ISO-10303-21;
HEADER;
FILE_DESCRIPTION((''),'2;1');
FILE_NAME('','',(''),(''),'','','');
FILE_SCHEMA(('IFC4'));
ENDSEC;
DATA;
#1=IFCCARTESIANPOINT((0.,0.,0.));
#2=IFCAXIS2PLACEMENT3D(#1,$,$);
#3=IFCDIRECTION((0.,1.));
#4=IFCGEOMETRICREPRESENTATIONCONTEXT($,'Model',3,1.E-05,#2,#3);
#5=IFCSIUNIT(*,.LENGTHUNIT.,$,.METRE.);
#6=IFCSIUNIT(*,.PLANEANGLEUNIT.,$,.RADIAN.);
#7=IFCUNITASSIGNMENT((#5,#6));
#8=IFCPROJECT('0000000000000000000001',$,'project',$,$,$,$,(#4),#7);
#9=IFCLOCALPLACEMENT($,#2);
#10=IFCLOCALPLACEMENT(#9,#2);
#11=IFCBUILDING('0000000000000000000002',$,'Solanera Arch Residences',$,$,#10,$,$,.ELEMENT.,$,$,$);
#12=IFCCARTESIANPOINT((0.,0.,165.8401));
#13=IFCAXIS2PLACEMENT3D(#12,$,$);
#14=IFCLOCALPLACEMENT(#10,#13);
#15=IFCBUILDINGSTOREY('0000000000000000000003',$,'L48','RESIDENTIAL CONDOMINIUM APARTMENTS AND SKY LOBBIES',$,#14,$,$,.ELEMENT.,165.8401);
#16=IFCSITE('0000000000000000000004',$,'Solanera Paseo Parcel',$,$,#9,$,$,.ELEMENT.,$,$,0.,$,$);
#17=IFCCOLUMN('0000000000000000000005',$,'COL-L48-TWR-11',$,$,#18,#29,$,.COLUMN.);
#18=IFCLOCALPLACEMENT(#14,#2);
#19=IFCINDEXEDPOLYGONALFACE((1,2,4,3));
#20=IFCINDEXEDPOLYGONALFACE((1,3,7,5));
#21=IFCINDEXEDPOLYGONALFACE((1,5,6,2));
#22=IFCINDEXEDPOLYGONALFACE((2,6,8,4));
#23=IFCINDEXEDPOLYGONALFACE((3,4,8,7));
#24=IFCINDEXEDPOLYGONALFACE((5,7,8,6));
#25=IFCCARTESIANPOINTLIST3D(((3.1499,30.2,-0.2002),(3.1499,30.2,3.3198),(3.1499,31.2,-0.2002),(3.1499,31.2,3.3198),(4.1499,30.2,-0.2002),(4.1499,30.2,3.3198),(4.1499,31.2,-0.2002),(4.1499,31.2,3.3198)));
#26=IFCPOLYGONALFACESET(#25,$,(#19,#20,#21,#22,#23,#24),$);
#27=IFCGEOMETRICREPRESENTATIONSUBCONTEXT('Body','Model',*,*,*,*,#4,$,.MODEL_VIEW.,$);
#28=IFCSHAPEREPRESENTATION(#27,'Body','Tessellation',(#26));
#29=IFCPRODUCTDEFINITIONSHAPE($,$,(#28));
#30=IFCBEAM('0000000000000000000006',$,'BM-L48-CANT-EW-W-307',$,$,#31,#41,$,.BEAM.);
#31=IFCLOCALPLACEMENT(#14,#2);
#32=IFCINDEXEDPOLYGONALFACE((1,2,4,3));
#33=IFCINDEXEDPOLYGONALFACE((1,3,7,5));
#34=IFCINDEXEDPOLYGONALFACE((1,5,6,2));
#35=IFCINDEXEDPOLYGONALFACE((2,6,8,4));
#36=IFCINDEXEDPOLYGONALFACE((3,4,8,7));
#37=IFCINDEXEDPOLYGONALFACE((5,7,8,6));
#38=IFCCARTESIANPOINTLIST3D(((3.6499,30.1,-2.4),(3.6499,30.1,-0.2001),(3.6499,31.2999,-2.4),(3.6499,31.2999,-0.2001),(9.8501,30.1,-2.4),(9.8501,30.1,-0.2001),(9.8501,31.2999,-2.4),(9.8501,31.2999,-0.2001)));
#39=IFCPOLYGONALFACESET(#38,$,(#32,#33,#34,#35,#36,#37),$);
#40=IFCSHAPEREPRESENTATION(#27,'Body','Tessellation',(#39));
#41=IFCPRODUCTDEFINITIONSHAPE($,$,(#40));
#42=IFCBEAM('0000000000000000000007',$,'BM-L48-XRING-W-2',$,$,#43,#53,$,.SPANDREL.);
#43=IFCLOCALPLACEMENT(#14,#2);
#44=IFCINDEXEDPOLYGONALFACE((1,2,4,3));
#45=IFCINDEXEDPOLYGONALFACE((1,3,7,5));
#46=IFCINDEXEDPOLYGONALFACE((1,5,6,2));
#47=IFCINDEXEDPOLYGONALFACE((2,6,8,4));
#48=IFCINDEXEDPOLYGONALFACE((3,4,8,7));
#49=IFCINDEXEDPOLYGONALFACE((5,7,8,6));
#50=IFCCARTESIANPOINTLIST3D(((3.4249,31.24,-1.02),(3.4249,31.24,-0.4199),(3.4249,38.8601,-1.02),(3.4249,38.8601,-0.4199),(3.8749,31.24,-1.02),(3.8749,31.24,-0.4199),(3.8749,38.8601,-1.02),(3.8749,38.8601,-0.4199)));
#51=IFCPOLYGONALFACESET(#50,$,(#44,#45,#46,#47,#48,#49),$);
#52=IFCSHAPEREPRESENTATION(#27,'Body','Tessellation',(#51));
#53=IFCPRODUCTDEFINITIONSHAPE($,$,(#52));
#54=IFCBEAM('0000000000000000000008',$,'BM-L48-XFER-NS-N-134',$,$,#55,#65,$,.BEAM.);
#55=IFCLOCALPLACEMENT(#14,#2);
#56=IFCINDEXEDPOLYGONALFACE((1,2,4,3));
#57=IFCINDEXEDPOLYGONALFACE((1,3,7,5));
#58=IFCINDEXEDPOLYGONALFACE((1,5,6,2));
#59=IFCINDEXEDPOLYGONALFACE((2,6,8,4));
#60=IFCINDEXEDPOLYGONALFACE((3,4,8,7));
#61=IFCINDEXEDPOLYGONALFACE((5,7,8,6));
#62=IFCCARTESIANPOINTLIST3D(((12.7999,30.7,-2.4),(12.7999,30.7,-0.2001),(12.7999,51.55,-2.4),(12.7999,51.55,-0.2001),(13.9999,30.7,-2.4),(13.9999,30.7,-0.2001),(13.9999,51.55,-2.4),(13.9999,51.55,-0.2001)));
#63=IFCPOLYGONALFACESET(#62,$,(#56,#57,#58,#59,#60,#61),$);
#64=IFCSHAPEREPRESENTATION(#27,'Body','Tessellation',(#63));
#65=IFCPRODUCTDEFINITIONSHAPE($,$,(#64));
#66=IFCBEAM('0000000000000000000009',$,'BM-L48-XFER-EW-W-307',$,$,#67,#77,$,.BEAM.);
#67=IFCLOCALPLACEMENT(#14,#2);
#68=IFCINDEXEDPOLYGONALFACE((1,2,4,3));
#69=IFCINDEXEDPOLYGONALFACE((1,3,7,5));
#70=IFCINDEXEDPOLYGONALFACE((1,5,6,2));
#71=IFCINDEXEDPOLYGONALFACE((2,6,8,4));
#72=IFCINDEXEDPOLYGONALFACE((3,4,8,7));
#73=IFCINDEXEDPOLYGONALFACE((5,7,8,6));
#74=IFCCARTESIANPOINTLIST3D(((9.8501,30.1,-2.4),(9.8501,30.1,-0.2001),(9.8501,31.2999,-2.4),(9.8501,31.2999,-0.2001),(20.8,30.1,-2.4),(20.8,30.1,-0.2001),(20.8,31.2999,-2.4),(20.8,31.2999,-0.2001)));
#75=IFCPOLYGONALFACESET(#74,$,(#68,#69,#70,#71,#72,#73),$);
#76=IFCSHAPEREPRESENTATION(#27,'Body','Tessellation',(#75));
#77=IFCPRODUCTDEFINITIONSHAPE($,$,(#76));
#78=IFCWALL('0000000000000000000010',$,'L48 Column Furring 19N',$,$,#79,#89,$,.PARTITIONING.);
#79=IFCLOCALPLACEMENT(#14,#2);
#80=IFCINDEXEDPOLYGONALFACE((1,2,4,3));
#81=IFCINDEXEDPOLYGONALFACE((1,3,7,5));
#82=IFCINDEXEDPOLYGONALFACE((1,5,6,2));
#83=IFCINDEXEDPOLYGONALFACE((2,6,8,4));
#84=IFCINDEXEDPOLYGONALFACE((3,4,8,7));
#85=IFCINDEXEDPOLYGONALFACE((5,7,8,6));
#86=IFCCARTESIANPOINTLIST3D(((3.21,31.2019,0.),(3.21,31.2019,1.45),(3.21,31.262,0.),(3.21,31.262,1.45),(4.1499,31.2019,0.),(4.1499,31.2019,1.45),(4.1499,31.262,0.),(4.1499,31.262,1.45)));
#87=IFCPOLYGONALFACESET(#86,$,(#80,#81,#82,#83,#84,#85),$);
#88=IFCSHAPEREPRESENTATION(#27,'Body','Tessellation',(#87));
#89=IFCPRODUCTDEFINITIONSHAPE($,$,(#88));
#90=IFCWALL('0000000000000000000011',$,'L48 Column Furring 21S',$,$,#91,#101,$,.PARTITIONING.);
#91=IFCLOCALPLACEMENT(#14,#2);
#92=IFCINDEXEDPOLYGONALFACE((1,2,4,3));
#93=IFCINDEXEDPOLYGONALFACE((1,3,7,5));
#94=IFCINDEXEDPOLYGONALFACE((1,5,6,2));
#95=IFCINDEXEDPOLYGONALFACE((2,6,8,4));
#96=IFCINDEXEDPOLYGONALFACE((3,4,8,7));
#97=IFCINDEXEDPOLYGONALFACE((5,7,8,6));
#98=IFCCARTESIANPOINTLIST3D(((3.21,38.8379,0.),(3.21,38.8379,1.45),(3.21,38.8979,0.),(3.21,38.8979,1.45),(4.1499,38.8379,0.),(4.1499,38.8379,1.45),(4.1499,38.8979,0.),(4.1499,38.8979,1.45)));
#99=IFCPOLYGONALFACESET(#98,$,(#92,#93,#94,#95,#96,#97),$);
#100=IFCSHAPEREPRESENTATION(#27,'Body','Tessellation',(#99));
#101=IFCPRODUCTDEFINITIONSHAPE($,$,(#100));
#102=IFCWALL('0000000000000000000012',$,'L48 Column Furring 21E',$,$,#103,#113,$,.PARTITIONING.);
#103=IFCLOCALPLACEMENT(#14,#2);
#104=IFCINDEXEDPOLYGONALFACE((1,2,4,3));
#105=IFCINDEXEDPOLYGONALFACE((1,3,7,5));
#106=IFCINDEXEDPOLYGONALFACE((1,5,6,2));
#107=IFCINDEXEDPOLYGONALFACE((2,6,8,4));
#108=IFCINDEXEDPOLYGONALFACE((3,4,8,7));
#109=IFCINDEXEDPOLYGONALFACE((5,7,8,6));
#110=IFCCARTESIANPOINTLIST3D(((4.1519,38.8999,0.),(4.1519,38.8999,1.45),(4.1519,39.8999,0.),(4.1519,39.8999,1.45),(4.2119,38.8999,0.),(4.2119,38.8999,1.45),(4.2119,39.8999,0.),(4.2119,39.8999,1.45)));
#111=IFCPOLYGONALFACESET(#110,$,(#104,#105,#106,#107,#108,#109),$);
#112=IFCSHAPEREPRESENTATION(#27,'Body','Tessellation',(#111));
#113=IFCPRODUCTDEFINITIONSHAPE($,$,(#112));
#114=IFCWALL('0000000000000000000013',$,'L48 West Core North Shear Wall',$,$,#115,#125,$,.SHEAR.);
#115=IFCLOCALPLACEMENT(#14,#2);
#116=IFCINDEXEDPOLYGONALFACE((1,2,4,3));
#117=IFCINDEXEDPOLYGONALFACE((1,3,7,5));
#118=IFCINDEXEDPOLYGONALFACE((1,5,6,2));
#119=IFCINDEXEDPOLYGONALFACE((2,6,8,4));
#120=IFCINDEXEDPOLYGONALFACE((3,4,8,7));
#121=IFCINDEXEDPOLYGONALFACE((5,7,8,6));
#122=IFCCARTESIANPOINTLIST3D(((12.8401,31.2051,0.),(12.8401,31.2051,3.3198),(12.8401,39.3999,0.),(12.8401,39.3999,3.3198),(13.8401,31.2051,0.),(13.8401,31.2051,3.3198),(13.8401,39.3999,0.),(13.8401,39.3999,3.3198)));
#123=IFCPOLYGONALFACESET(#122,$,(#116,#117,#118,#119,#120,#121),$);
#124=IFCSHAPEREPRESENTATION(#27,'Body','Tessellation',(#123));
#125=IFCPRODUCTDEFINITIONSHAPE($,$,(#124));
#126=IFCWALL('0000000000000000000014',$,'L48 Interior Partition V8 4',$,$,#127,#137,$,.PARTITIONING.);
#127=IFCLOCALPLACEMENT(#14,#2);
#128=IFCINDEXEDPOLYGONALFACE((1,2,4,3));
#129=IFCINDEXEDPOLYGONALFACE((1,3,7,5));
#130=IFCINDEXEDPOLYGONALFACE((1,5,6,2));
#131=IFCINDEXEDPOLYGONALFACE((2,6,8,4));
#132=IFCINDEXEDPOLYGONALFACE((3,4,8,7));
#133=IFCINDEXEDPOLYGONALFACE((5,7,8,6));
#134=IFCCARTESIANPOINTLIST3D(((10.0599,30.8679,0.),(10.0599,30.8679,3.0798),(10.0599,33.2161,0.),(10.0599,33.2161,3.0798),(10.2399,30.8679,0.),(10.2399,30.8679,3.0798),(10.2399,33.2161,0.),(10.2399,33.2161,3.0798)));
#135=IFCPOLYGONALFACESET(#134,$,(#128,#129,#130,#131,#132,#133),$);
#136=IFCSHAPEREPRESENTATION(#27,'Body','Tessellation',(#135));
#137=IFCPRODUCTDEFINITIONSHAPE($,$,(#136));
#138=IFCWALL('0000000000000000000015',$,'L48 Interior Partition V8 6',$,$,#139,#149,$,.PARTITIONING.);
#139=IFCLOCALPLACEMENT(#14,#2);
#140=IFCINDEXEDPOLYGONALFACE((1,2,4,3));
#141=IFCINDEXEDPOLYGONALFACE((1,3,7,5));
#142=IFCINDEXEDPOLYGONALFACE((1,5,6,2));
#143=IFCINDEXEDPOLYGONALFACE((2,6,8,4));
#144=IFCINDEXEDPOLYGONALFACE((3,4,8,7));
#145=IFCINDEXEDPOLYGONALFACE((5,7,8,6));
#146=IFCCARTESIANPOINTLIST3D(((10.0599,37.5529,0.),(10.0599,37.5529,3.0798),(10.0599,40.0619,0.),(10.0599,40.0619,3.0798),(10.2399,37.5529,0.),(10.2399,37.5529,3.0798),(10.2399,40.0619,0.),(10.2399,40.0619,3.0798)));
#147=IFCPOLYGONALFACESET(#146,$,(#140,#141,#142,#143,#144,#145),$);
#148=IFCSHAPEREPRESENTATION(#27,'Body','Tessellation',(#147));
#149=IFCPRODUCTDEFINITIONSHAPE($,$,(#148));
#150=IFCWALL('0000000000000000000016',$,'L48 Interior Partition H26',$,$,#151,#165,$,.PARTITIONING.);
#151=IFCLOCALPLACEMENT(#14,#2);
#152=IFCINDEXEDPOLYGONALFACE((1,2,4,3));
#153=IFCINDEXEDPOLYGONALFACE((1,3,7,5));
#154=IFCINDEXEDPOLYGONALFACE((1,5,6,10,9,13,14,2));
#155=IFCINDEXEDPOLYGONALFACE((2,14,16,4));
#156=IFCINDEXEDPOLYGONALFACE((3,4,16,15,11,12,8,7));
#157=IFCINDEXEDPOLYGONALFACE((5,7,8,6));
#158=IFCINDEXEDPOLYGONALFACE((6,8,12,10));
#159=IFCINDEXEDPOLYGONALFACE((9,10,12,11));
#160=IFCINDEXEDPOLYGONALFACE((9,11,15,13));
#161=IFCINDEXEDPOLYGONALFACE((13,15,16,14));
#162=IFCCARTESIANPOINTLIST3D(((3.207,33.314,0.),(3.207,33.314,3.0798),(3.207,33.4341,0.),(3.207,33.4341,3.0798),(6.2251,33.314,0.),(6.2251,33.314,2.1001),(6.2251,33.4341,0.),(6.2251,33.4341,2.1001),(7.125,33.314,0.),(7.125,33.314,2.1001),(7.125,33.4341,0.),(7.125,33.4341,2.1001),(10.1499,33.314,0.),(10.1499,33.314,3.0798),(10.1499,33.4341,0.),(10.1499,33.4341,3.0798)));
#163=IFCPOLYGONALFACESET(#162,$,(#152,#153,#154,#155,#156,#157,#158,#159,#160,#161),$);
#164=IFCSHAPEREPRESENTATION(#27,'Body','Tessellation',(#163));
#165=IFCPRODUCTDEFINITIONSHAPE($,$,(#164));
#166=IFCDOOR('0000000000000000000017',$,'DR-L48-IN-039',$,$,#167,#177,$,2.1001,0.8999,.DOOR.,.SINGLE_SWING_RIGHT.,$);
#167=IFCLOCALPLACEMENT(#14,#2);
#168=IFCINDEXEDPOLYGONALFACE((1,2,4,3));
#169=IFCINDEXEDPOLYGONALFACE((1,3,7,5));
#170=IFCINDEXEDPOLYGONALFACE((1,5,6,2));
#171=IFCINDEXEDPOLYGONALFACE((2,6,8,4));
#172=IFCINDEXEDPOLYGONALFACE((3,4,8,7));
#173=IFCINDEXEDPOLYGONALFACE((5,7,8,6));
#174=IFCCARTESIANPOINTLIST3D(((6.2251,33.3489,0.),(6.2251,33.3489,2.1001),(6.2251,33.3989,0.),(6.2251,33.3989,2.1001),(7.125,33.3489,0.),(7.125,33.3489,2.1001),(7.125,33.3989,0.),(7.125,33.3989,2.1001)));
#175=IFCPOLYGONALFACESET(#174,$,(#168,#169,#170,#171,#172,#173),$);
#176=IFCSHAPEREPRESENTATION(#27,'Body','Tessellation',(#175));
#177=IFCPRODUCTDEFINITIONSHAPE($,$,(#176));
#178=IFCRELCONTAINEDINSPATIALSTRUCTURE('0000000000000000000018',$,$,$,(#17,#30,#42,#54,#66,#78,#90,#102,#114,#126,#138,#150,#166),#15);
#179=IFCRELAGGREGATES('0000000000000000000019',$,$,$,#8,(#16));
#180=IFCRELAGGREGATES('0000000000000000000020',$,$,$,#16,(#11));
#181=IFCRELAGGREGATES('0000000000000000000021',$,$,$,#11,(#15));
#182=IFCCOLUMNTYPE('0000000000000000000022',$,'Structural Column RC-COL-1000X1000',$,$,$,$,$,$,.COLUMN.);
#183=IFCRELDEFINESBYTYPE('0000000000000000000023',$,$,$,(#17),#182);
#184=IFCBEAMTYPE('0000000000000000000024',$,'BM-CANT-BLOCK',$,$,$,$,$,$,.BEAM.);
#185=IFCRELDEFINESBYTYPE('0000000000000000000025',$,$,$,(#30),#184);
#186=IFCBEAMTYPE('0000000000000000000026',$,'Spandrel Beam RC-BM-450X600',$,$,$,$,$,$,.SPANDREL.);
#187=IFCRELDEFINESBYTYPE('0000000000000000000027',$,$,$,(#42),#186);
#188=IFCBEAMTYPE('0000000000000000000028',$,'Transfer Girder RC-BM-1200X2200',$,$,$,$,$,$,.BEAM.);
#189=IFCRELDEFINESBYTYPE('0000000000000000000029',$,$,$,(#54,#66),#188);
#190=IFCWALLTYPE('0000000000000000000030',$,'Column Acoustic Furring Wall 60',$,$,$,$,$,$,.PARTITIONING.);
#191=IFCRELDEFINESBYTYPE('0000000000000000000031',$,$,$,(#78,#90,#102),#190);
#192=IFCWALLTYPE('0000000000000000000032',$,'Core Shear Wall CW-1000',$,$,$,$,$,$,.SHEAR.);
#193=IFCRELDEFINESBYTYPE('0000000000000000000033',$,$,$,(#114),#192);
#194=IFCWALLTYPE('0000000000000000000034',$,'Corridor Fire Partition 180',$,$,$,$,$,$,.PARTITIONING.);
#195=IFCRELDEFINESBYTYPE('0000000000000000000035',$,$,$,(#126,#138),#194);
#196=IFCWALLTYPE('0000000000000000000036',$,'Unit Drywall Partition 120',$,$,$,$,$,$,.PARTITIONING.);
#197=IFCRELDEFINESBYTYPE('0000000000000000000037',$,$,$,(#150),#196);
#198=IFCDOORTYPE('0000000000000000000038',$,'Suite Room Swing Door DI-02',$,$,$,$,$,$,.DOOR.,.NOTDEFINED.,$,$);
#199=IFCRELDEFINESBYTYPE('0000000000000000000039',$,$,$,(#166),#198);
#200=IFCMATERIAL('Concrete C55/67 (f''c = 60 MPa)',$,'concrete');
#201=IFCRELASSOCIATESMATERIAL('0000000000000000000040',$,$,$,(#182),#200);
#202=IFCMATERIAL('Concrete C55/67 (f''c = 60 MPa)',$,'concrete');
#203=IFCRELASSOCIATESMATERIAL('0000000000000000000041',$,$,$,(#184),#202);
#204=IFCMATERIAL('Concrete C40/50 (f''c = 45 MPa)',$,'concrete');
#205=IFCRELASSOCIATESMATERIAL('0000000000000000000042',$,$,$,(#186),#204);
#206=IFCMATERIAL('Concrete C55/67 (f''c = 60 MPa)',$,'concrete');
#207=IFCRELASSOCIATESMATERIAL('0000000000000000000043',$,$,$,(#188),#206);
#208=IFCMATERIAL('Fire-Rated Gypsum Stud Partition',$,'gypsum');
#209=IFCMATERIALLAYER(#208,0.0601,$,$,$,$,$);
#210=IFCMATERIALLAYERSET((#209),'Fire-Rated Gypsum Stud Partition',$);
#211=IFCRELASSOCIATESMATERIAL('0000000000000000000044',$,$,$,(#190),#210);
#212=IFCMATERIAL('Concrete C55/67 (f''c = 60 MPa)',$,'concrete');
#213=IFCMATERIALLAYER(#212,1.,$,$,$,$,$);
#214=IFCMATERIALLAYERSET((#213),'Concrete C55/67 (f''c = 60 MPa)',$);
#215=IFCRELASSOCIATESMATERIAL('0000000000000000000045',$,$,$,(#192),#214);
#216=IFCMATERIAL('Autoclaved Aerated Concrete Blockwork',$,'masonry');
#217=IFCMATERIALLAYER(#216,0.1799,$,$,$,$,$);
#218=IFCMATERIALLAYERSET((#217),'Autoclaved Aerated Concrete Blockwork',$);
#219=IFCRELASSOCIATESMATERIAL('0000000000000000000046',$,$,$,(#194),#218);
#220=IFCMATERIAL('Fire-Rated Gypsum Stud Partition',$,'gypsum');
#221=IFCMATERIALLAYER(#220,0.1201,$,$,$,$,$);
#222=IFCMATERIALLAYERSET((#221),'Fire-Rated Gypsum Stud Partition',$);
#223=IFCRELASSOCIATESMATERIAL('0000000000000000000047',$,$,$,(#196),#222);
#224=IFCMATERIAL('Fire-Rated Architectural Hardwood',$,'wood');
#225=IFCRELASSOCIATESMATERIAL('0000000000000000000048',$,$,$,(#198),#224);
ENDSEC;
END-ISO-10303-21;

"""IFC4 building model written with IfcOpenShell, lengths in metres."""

from ifc_helpers import new_model, si_unit, direction, frame, frame_2d, origin, origin_2d, place, context, subcontext, project, spatial, rectangle, extrude, material, layer, layer_set, material_profile, profile_set, type_object, element, fill, save


model = new_model("IFC4")

# Units and contexts
model_context = context("Model", 3, precision=1e-05, world=origin(), true_north=direction((0.0, 1.0)))
body_context = subcontext(model_context, "Body", "Model", "MODEL_VIEW")
ifc_project = project(units=[si_unit("LENGTHUNIT", "METRE"), si_unit("PLANEANGLEUNIT", "RADIAN")], contexts=[model_context])

# Site, building, storey
site_placement = place(None, origin())
site = spatial("IfcSite", under=ifc_project, at=site_placement, Name="Solanera Paseo Parcel", CompositionType="ELEMENT", RefElevation=0.0)
building_placement = place(site_placement, origin())
building = spatial("IfcBuilding", under=site, at=building_placement, Name="Solanera Arch Residences", CompositionType="ELEMENT")
storey_placement = place(building_placement, frame((0.0, 0.0, 165.8401)))
storey = spatial("IfcBuildingStorey", under=building, at=storey_placement, Name="L48", Description="RESIDENTIAL CONDOMINIUM APARTMENTS AND SKY LOBBIES", CompositionType="ELEMENT", Elevation=165.8401)

# Column
ifc_material_1 = material(Name="Concrete C55/67 (f'c = 60 MPa)", Category="concrete")
ifc_material_profile_1 = material_profile(ifc_material_1, rectangle(XDim=1.0, YDim=1.0, at=origin_2d()))
ifc_profile_set_1 = profile_set([ifc_material_profile_1], Name="Concrete C55/67 (f'c = 60 MPa)")
column_type = type_object("IfcColumnType", Name="Structural Column RC-COL-1000X1000", PredefinedType="COLUMN", material=ifc_profile_set_1)
column_placement = place(storey_placement, frame((3.6499, 30.7, -0.2002), z_axis=(0.0, 0.0, 1.0), x_axis=(1.0, 0.0, 0.0)))
element("IfcColumn", 1, at=column_placement, inside=storey, type_object=column_type, Name="COL-L48-TWR-11", PredefinedType="COLUMN", context=body_context, shape_type="SweptSolid", body=[
    extrude(rectangle(XDim=1.0, YDim=1.0, at=origin_2d()), origin(), (0.0, 0.0, 1.0), 3.52),
])

# Beams
ifc_material_2 = material(Name="Concrete C55/67 (f'c = 60 MPa)", Category="concrete")
ifc_material_profile_2 = material_profile(ifc_material_2, rectangle(XDim=1.2, YDim=2.2, at=origin_2d()))
ifc_profile_set_2 = profile_set([ifc_material_profile_2], Name="Concrete C55/67 (f'c = 60 MPa)")
beam_type_1 = type_object("IfcBeamType", Name="BM-CANT-BLOCK", PredefinedType="BEAM", material=ifc_profile_set_2)
beam_1_placement = place(storey_placement, frame((3.6499, 30.7, -1.3), z_axis=(1.0, 0.0, 0.0), x_axis=(0.0, 1.0, 0.0)))
element("IfcBeam", 2, at=beam_1_placement, inside=storey, type_object=beam_type_1, Name="BM-L48-CANT-EW-W-307", PredefinedType="BEAM", context=body_context, shape_type="SweptSolid", body=[
    extrude(rectangle(XDim=1.2, YDim=2.2, at=origin_2d()), origin(), (0.0, 0.0, 1.0), 6.2002),
])
ifc_material_3 = material(Name="Concrete C40/50 (f'c = 45 MPa)", Category="concrete")
ifc_material_profile_3 = material_profile(ifc_material_3, rectangle(XDim=0.45, YDim=0.6001, at=origin_2d()))
ifc_profile_set_3 = profile_set([ifc_material_profile_3], Name="Concrete C40/50 (f'c = 45 MPa)")
beam_type_2 = type_object("IfcBeamType", Name="Spandrel Beam RC-BM-450X600", PredefinedType="SPANDREL", material=ifc_profile_set_3)
beam_2_placement = place(storey_placement, frame((3.6499, 31.24, -0.72), z_axis=(0.0, 1.0, 0.0), x_axis=(-1.0, 0.0, 0.0)))
element("IfcBeam", 3, at=beam_2_placement, inside=storey, type_object=beam_type_2, Name="BM-L48-XRING-W-2", PredefinedType="SPANDREL", context=body_context, shape_type="SweptSolid", body=[
    extrude(rectangle(XDim=0.45, YDim=0.6001, at=origin_2d()), origin(), (0.0, 0.0, 1.0), 7.6201),
])
ifc_material_4 = material(Name="Concrete C55/67 (f'c = 60 MPa)", Category="concrete")
ifc_material_profile_4 = material_profile(ifc_material_4, rectangle(XDim=1.2, YDim=2.2, at=origin_2d()))
ifc_profile_set_4 = profile_set([ifc_material_profile_4], Name="Concrete C55/67 (f'c = 60 MPa)")
beam_type_3 = type_object("IfcBeamType", Name="Transfer Girder RC-BM-1200X2200", PredefinedType="BEAM", material=ifc_profile_set_4)
beam_3_placement = place(storey_placement, frame((13.3999, 30.7, -1.3), z_axis=(0.0, 1.0, 0.0), x_axis=(-1.0, 0.0, 0.0)))
element("IfcBeam", 4, at=beam_3_placement, inside=storey, type_object=beam_type_3, Name="BM-L48-XFER-NS-N-134", PredefinedType="BEAM", context=body_context, shape_type="SweptSolid", body=[
    extrude(rectangle(XDim=1.2, YDim=2.2, at=origin_2d()), origin(), (0.0, 0.0, 1.0), 20.8501),
])
beam_4_placement = place(storey_placement, frame((9.8501, 30.7, -1.3), z_axis=(1.0, 0.0, 0.0), x_axis=(0.0, 1.0, 0.0)))
element("IfcBeam", 5, at=beam_4_placement, inside=storey, type_object=beam_type_3, Name="BM-L48-XFER-EW-W-307", PredefinedType="BEAM", context=body_context, shape_type="SweptSolid", body=[
    extrude(rectangle(XDim=1.2, YDim=2.2, at=origin_2d()), origin(), (0.0, 0.0, 1.0), 10.95),
])

# Walls
ifc_material_5 = material(Name="Fire-Rated Gypsum Stud Partition", Category="gypsum")
ifc_layer_1 = layer(ifc_material_5, 0.0601)
ifc_layer_set_1 = layer_set([ifc_layer_1], Name="Fire-Rated Gypsum Stud Partition")
wall_type_1 = type_object("IfcWallType", Name="Column Acoustic Furring Wall 60", PredefinedType="PARTITIONING", material=ifc_layer_set_1)
for number, where, z_axis, x_axis, name in (
    (6, (3.21, 31.2319, 0.0), (0.0, 0.0, 1.0), (1.0, 0.0, 0.0), "L48 Column Furring 19N"),
    (7, (3.21, 38.8679, 0.0), (0.0, 0.0, 1.0), (1.0, 0.0, 0.0), "L48 Column Furring 21S"),
):
    element("IfcWall", number, at=place(storey_placement, frame(where, z_axis=z_axis, x_axis=x_axis)), inside=storey, type_object=wall_type_1, Name=name, PredefinedType="PARTITIONING", context=body_context, shape_type="SweptSolid", body=[
        extrude(rectangle(XDim=0.9399, YDim=0.0601, at=frame_2d((0.47, 0.0))), origin(), (0.0, 0.0, 1.0), 1.45),
    ])
wall_1_placement = place(storey_placement, frame((4.1819, 38.8999, 0.0), z_axis=(0.0, 0.0, 1.0), x_axis=(0.0, 1.0, 0.0)))
element("IfcWall", 8, at=wall_1_placement, inside=storey, type_object=wall_type_1, Name="L48 Column Furring 21E", PredefinedType="PARTITIONING", context=body_context, shape_type="SweptSolid", body=[
    extrude(rectangle(XDim=1.0, YDim=0.0601, at=frame_2d((0.5, 0.0))), origin(), (0.0, 0.0, 1.0), 1.45),
])
ifc_material_6 = material(Name="Concrete C55/67 (f'c = 60 MPa)", Category="concrete")
ifc_layer_2 = layer(ifc_material_6, 1.0)
ifc_layer_set_2 = layer_set([ifc_layer_2], Name="Concrete C55/67 (f'c = 60 MPa)")
wall_type_2 = type_object("IfcWallType", Name="Core Shear Wall CW-1000", PredefinedType="SHEAR", material=ifc_layer_set_2)
wall_2_placement = place(storey_placement, frame((13.3401, 31.2051, 0.0), z_axis=(0.0, 0.0, 1.0), x_axis=(0.0, 1.0, 0.0)))
element("IfcWall", 9, at=wall_2_placement, inside=storey, type_object=wall_type_2, Name="L48 West Core North Shear Wall", PredefinedType="SHEAR", context=body_context, shape_type="SweptSolid", body=[
    extrude(rectangle(XDim=8.1948, YDim=1.0, at=frame_2d((4.0974, 0.0))), origin(), (0.0, 0.0, 1.0), 3.3198),
])
ifc_material_7 = material(Name="Autoclaved Aerated Concrete Blockwork", Category="masonry")
ifc_layer_3 = layer(ifc_material_7, 0.1799)
ifc_layer_set_3 = layer_set([ifc_layer_3], Name="Autoclaved Aerated Concrete Blockwork")
wall_type_3 = type_object("IfcWallType", Name="Corridor Fire Partition 180", PredefinedType="PARTITIONING", material=ifc_layer_set_3)
wall_3_placement = place(storey_placement, frame((10.1499, 30.8679, 0.0), z_axis=(0.0, 0.0, 1.0), x_axis=(0.0, 1.0, 0.0)))
element("IfcWall", 10, at=wall_3_placement, inside=storey, type_object=wall_type_3, Name="L48 Interior Partition V8 4", PredefinedType="PARTITIONING", context=body_context, shape_type="SweptSolid", body=[
    extrude(rectangle(XDim=2.3481, YDim=0.1799, at=frame_2d((1.1741, 0.0))), origin(), (0.0, 0.0, 1.0), 3.0798),
])

# Wall
wall_4_placement = place(storey_placement, frame((10.1499, 37.553, 0.0), z_axis=(0.0, 0.0, 1.0), x_axis=(0.0, 1.0, 0.0)))
element("IfcWall", 11, at=wall_4_placement, inside=storey, type_object=wall_type_3, Name="L48 Interior Partition V8 6", PredefinedType="PARTITIONING", context=body_context, shape_type="SweptSolid", body=[
    extrude(rectangle(XDim=2.509, YDim=0.1799, at=frame_2d((1.2544, 0.0))), origin(), (0.0, 0.0, 1.0), 3.0798),
])

# Wall, opening, door
ifc_material_8 = material(Name="Fire-Rated Gypsum Stud Partition", Category="gypsum")
ifc_layer_4 = layer(ifc_material_8, 0.1201)
ifc_layer_set_4 = layer_set([ifc_layer_4], Name="Fire-Rated Gypsum Stud Partition")
wall_type_4 = type_object("IfcWallType", Name="Unit Drywall Partition 120", PredefinedType="PARTITIONING", material=ifc_layer_set_4)
wall_5_placement = place(storey_placement, frame((3.207, 33.374, 0.0), z_axis=(0.0, 0.0, 1.0), x_axis=(1.0, 0.0, 0.0)))
wall_5 = element("IfcWall", 12, at=wall_5_placement, inside=storey, type_object=wall_type_4, Name="L48 Interior Partition H26", PredefinedType="PARTITIONING", context=body_context, shape_type="SweptSolid", body=[
    extrude(rectangle(XDim=6.9429, YDim=0.1201, at=frame_2d((3.4714, 0.0))), origin(), (0.0, 0.0, 1.0), 3.0798),
])
opening_1_placement = place(wall_5_placement, frame((3.0181, 0.0, 0.0)))
opening_1 = element("IfcOpeningElement", 13, at=opening_1_placement, cuts=wall_5, PredefinedType="OPENING", context=body_context, shape_type="SweptSolid", body=[
    extrude(rectangle(XDim=0.8999, YDim=2.1001, at=frame_2d((0.45, 1.05))), frame((0.0, 0.0701, 0.0), z_axis=(0.0, -1.0, 0.0), x_axis=(1.0, 0.0, 0.0)), (0.0, 0.0, 1.0), 0.1401),
])
ifc_material_9 = material(Name="Fire-Rated Architectural Hardwood", Category="wood")
door_type_1 = type_object("IfcDoorType", Name="Suite Room Swing Door DI-02", OperationType="NOTDEFINED", PredefinedType="DOOR", material=ifc_material_9)
door_1_placement = place(opening_1_placement, origin())
door_1 = element("IfcDoor", 14, at=door_1_placement, inside=storey, type_object=door_type_1, Name="DR-L48-IN-039", OperationType="SINGLE_SWING_RIGHT", OverallHeight=2.1001, OverallWidth=0.8999, PredefinedType="DOOR", context=body_context, shape_type="SweptSolid", body=[
    extrude(rectangle(XDim=0.8999, YDim=2.1001, at=frame_2d((0.45, 1.05))), frame((0.0, 0.0249, 0.0), z_axis=(0.0, -1.0, 0.0), x_axis=(1.0, 0.0, 0.0)), (0.0, 0.0, 1.0), 0.05),
])
fill(opening_1, door_1)

save(model, "model.ifc")
